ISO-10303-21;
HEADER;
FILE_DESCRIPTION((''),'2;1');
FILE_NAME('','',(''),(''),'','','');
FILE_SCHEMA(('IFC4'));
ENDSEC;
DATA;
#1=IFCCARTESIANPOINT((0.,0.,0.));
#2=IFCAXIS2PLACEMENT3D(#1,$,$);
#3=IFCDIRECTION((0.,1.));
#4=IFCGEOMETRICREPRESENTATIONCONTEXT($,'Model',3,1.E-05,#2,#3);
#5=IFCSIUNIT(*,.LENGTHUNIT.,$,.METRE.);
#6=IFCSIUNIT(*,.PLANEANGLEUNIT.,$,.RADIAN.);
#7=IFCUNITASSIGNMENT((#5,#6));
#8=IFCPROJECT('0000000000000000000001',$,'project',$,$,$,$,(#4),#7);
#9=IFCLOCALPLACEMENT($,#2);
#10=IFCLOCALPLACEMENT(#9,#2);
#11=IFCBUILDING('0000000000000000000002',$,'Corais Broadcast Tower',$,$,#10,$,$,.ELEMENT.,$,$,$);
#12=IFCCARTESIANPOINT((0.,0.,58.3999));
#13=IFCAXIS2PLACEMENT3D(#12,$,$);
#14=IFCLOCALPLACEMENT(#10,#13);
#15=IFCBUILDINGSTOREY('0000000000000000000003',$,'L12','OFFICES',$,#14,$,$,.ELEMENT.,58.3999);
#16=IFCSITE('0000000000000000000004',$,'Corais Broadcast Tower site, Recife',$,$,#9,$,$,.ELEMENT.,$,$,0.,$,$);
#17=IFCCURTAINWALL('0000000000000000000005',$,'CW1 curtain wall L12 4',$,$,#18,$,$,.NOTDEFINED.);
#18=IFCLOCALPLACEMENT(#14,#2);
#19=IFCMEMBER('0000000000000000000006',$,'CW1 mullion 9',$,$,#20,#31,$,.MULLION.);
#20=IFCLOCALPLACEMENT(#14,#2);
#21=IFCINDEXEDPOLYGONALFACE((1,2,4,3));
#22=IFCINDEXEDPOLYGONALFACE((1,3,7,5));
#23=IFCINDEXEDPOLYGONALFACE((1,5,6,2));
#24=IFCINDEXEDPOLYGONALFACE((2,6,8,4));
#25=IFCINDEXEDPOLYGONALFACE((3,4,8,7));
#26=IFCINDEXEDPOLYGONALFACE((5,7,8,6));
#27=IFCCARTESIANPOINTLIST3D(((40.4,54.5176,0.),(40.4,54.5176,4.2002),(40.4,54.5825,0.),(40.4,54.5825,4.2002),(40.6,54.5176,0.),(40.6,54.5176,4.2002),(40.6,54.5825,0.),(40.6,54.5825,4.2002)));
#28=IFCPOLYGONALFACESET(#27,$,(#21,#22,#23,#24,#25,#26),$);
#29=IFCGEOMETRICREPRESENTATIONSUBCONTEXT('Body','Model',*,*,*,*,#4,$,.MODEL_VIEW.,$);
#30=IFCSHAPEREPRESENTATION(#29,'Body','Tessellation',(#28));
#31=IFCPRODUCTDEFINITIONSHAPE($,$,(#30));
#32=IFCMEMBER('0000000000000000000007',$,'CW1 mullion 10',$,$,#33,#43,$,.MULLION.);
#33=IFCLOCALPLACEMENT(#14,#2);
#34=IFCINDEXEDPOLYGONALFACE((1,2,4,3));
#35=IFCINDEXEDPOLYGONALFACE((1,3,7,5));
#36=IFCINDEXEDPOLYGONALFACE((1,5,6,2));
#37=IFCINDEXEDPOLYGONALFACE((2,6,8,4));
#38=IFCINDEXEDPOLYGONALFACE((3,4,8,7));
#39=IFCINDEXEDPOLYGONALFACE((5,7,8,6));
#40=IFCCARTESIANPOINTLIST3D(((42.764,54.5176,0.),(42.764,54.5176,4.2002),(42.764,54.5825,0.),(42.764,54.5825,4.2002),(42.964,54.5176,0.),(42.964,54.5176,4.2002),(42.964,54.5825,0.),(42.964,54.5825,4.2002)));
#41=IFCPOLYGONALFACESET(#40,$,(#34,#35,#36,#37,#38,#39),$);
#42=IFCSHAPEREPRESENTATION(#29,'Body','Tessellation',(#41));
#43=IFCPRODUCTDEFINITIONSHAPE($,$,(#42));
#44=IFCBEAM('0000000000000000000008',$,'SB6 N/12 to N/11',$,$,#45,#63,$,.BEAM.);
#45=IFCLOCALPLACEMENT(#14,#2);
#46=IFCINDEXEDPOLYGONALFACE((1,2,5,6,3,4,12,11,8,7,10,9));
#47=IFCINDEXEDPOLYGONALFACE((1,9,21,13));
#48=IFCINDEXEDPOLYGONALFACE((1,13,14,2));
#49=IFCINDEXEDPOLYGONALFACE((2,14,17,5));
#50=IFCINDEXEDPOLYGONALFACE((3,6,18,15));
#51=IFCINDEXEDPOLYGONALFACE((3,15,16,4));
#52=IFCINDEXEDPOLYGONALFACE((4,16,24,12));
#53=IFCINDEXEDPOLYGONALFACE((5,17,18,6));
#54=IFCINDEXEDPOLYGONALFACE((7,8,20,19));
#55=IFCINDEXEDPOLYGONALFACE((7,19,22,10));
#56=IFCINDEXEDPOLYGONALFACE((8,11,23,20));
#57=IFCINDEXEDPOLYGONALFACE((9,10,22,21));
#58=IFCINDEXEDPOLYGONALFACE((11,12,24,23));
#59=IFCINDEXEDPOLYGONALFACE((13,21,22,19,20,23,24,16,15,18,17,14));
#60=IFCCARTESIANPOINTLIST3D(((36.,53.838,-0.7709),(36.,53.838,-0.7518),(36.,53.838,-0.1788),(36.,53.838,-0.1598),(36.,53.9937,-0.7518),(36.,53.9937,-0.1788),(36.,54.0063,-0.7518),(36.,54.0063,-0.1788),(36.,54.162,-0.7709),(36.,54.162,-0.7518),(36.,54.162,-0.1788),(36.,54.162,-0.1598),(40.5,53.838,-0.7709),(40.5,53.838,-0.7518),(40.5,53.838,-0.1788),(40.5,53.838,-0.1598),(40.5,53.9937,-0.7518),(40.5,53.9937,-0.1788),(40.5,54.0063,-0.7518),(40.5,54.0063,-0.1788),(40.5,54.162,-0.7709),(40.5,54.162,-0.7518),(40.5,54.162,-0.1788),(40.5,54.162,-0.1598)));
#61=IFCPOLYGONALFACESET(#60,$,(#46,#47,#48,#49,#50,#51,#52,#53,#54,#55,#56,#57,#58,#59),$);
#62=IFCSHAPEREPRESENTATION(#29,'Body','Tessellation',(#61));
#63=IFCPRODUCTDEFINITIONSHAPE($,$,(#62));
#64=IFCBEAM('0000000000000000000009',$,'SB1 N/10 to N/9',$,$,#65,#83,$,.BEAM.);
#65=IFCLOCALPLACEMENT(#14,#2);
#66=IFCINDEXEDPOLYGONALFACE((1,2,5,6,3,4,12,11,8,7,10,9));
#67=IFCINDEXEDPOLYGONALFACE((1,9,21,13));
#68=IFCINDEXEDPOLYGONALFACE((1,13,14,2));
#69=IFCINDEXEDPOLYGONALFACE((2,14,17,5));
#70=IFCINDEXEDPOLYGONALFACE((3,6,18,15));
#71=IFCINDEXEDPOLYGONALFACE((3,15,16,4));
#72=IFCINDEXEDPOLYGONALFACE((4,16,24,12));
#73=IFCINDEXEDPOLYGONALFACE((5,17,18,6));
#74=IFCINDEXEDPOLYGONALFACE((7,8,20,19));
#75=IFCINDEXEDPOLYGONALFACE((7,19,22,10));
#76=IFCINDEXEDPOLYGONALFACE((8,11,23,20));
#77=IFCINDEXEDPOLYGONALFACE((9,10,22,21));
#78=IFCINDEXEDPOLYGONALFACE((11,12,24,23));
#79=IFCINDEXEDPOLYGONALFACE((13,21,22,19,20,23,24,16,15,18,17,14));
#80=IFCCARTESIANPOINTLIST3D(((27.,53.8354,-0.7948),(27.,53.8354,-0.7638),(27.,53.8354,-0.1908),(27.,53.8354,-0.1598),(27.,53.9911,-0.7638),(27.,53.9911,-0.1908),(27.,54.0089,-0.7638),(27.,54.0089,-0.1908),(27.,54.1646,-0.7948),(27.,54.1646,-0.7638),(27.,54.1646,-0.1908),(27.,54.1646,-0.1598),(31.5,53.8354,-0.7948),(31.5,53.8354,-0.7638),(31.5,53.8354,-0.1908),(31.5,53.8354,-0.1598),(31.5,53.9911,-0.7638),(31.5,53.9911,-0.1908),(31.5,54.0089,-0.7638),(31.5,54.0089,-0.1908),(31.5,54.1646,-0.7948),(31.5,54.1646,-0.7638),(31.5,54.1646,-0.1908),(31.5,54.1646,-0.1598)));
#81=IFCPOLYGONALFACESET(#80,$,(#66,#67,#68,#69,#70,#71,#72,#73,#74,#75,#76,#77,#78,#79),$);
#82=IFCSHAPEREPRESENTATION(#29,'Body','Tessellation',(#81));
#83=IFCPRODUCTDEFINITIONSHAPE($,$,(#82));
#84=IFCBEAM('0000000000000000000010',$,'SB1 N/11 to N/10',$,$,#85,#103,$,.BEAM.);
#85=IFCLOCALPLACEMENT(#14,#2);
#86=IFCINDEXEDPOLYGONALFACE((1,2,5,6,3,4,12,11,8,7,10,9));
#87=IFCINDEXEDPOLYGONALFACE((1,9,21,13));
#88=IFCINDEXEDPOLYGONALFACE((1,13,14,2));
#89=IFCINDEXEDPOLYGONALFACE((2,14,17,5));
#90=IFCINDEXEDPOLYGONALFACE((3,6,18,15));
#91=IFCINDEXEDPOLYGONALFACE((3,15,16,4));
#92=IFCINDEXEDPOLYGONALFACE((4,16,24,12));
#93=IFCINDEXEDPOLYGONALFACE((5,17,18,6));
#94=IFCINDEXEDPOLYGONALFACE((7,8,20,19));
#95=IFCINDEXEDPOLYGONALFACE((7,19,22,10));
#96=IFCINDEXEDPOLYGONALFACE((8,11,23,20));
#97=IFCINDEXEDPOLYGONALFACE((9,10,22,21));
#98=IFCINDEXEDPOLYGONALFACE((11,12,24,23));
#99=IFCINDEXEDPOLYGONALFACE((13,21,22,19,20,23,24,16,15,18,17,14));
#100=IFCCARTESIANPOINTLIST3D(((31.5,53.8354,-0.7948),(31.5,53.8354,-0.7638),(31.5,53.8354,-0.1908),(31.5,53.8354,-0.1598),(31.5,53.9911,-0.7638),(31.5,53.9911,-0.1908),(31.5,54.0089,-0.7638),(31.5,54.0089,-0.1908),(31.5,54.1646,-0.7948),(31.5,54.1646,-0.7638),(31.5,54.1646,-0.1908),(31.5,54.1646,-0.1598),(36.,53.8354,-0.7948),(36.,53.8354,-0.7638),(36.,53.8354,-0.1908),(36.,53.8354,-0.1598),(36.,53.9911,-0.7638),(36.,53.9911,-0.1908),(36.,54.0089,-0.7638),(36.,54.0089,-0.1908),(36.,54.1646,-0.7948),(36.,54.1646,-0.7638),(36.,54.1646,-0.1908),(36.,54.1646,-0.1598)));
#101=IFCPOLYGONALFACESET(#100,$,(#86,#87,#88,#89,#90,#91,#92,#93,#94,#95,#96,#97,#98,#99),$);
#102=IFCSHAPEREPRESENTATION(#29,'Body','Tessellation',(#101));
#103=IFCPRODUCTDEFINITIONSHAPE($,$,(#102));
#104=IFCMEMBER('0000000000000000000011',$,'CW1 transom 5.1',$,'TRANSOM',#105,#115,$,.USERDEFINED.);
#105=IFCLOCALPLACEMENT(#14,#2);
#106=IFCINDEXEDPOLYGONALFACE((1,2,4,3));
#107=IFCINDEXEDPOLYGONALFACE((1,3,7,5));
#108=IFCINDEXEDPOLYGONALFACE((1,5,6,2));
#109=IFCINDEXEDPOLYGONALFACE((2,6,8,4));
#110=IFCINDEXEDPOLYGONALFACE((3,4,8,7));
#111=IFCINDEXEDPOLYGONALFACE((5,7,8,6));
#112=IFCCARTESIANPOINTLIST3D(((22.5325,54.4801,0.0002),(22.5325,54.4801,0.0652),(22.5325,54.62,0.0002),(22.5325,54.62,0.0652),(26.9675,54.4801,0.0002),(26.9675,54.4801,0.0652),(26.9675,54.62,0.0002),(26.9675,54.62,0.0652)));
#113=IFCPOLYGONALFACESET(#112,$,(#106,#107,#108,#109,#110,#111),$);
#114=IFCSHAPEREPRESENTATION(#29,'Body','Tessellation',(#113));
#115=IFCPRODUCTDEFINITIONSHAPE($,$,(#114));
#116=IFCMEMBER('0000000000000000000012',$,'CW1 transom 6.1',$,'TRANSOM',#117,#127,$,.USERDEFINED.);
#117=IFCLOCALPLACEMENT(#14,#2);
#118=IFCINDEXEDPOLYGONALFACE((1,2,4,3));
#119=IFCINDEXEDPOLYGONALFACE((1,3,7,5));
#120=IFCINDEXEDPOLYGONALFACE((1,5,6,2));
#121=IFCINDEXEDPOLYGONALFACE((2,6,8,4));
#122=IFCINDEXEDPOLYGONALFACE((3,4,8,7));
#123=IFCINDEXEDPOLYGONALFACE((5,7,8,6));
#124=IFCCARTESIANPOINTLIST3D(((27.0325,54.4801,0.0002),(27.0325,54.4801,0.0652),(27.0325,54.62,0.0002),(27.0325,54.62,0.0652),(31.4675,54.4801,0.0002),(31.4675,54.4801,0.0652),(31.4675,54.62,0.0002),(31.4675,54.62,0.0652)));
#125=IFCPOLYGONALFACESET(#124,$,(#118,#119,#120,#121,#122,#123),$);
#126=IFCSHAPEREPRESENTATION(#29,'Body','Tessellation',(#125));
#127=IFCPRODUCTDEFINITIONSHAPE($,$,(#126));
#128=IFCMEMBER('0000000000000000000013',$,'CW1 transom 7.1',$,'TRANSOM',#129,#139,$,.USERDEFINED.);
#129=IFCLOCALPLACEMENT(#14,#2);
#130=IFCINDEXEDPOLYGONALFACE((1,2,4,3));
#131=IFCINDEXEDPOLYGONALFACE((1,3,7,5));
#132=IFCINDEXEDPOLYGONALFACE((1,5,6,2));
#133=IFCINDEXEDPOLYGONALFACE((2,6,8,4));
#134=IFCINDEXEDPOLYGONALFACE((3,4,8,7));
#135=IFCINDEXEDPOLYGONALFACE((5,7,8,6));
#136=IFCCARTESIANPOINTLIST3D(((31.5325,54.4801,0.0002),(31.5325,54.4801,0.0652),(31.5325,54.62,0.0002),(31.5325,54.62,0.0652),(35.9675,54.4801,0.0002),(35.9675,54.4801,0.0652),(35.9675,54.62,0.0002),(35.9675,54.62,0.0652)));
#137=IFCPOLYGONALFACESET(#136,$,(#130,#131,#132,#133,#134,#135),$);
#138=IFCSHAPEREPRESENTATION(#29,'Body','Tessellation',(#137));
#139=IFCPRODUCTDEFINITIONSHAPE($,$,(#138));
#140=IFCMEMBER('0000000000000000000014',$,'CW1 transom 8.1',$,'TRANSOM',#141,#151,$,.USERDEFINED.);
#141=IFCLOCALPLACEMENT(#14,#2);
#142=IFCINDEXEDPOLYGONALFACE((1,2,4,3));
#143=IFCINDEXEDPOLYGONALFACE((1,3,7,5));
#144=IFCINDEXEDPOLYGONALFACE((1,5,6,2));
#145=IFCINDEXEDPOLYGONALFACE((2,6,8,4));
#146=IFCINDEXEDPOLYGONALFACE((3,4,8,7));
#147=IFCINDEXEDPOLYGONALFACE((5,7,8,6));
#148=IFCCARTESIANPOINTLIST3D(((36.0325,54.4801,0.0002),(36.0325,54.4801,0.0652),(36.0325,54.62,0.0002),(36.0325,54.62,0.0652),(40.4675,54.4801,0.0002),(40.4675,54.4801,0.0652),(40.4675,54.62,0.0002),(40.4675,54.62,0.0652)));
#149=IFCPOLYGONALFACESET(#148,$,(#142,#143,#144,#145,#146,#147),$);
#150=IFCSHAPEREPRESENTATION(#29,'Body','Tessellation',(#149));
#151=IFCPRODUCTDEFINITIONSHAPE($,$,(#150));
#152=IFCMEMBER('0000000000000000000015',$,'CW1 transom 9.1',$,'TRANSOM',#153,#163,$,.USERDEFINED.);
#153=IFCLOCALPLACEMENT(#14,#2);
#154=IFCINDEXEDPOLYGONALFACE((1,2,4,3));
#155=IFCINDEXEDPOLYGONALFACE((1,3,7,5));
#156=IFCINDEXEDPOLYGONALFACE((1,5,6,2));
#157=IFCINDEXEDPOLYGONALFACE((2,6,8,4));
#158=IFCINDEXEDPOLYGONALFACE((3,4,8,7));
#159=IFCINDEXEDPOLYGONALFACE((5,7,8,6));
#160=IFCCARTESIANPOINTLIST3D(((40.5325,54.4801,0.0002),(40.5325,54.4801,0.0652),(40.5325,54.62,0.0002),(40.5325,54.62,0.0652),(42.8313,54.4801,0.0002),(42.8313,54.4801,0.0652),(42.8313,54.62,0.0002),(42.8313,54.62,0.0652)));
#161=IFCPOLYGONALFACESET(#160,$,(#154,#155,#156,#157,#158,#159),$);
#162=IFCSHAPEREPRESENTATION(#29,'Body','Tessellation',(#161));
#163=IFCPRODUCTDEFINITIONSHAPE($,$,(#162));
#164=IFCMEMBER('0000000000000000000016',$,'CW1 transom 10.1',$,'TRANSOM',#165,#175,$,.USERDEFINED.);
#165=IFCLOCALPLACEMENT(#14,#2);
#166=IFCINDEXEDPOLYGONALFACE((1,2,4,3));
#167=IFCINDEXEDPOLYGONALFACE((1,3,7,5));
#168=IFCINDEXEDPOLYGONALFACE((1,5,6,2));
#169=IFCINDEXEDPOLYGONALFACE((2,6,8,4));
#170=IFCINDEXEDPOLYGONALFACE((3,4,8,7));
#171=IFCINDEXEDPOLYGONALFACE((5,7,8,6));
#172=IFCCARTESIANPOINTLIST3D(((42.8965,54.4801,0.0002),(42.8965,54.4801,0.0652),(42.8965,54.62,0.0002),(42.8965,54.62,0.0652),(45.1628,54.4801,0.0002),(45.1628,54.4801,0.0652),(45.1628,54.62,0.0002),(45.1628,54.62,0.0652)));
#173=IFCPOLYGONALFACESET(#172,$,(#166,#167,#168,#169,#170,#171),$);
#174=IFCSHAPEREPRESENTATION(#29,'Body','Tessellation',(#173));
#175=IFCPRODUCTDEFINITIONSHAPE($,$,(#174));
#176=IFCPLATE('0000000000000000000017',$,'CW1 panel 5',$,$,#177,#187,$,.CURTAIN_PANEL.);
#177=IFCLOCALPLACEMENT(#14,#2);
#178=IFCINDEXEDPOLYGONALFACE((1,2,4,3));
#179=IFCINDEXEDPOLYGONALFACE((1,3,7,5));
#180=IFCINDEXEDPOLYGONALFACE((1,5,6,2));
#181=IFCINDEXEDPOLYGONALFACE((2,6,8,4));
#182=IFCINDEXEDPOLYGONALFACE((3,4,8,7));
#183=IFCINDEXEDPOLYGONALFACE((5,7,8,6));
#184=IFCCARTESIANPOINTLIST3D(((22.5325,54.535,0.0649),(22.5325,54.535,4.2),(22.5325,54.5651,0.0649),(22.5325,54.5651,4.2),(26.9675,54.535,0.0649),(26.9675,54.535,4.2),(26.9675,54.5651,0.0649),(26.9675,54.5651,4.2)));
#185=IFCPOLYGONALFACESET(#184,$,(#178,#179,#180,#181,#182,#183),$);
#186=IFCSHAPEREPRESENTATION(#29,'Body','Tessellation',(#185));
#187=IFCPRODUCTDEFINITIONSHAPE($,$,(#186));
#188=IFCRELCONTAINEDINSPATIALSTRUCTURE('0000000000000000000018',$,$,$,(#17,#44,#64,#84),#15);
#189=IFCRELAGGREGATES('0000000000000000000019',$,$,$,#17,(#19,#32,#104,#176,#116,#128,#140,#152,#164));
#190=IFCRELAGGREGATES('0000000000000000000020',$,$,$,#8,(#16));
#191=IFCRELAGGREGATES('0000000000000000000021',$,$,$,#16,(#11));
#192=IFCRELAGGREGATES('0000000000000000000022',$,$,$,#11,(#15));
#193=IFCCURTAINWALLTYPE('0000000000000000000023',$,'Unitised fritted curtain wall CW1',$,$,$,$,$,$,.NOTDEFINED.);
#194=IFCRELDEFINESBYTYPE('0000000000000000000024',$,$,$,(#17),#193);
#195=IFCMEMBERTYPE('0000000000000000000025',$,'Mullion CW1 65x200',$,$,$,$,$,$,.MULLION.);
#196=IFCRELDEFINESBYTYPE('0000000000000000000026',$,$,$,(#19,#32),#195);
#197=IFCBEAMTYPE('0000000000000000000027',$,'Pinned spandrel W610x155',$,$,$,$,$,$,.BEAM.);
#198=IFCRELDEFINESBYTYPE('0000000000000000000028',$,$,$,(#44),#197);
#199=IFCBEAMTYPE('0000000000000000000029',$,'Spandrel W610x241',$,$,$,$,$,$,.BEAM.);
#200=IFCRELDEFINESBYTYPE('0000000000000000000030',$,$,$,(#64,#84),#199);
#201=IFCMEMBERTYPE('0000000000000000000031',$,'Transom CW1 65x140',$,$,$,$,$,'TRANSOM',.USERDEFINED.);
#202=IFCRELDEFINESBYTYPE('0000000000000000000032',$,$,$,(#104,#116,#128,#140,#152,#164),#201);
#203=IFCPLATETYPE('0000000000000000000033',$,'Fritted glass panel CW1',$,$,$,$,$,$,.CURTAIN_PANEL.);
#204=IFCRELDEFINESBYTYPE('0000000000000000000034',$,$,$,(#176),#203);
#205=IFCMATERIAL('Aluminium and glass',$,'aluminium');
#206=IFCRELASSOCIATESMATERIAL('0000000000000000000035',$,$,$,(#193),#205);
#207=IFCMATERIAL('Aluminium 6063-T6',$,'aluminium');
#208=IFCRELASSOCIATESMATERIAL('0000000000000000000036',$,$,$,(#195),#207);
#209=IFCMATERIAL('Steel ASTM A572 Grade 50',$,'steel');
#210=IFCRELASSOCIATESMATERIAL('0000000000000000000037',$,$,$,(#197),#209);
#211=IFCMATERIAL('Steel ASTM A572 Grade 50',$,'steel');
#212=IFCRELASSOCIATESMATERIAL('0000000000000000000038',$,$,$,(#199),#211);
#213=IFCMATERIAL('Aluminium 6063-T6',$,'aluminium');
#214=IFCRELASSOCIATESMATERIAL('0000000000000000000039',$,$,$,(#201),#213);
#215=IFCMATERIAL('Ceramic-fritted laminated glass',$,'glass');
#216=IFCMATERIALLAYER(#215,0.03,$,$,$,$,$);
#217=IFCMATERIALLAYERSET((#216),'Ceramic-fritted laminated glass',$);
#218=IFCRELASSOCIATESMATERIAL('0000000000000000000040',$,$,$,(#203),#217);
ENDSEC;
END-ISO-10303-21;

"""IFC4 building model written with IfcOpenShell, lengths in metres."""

from ifc_helpers import new_model, si_unit, direction, frame, origin, origin_2d, place, context, subcontext, project, spatial, rectangle, i_section, extrude, material, layer, layer_set, material_profile, profile_set, type_object, element, aggregate, save


model = new_model("IFC4")

# Units and contexts
model_context = context("Model", 3, precision=1e-05, world=origin(), true_north=direction((0.0, 1.0)))
body_context = subcontext(model_context, "Body", "Model", "MODEL_VIEW")
ifc_project = project(units=[si_unit("LENGTHUNIT", "METRE"), si_unit("PLANEANGLEUNIT", "RADIAN")], contexts=[model_context])

# Site, building, storey
site_placement = place(None, origin())
site = spatial("IfcSite", under=ifc_project, at=site_placement, Name="Corais Broadcast Tower site, Recife", CompositionType="ELEMENT", RefElevation=0.0)
building_placement = place(site_placement, origin())
building = spatial("IfcBuilding", under=site, at=building_placement, Name="Corais Broadcast Tower", CompositionType="ELEMENT")
storey_placement = place(building_placement, frame((0.0, 0.0, 58.3999)))
storey = spatial("IfcBuildingStorey", under=building, at=storey_placement, Name="L12", Description="OFFICES", CompositionType="ELEMENT", Elevation=58.3999)

# Curtain wall, members
ifc_material_1 = material(Name="Aluminium and glass", Category="aluminium")
curtain_wall_type = type_object("IfcCurtainWallType", Name="Unitised fritted curtain wall CW1", PredefinedType="NOTDEFINED", material=ifc_material_1)
curtain_wall_placement = place(storey_placement, origin())
curtain_wall = element("IfcCurtainWall", 1, at=curtain_wall_placement, inside=storey, type_object=curtain_wall_type, Name="CW1 curtain wall L12 4", PredefinedType="NOTDEFINED")
ifc_material_2 = material(Name="Aluminium 6063-T6", Category="aluminium")
ifc_material_profile_1 = material_profile(ifc_material_2, rectangle(XDim=0.0649, YDim=0.2, at=origin_2d()), Name="Mullion CW1 65x200")
ifc_profile_set_1 = profile_set([ifc_material_profile_1], Name="Aluminium 6063-T6")
member_type_1 = type_object("IfcMemberType", Name="Mullion CW1 65x200", PredefinedType="MULLION", material=ifc_profile_set_1)
member_1_placement = place(storey_placement, frame((40.5, 54.55, 0.0), z_axis=(0.0, 0.0, 1.0), x_axis=(0.0, 1.0, 0.0)))
member_1 = element("IfcMember", 2, at=member_1_placement, type_object=member_type_1, Name="CW1 mullion 9", PredefinedType="MULLION", context=body_context, shape_type="SweptSolid", body=[
    extrude(rectangle(XDim=0.0649, YDim=0.2, at=origin_2d()), origin(), (0.0, 0.0, 1.0), 4.2002),
])
member_2_placement = place(storey_placement, frame((42.864, 54.55, 0.0), z_axis=(0.0, 0.0, 1.0), x_axis=(0.0, 1.0, 0.0)))
member_2 = element("IfcMember", 3, at=member_2_placement, type_object=member_type_1, Name="CW1 mullion 10", PredefinedType="MULLION", context=body_context, shape_type="SweptSolid", body=[
    extrude(rectangle(XDim=0.0649, YDim=0.2, at=origin_2d()), origin(), (0.0, 0.0, 1.0), 4.2002),
])

# Beams
ifc_material_3 = material(Name="Steel ASTM A572 Grade 50", Category="steel")
ifc_material_profile_2 = material_profile(ifc_material_3, i_section(OverallWidth=0.324, OverallDepth=0.6111, WebThickness=0.0127, FlangeThickness=0.019, at=origin_2d()), Name="W610x155")
ifc_profile_set_2 = profile_set([ifc_material_profile_2], Name="Steel ASTM A572 Grade 50")
beam_type_1 = type_object("IfcBeamType", Name="Pinned spandrel W610x155", PredefinedType="BEAM", material=ifc_profile_set_2)
beam_1_placement = place(storey_placement, frame((40.5, 54.0, -0.4653), z_axis=(-1.0, 0.0, 0.0), x_axis=(0.0, -1.0, 0.0)))
element("IfcBeam", 4, at=beam_1_placement, inside=storey, type_object=beam_type_1, Name="SB6 N/12 to N/11", PredefinedType="BEAM", context=body_context, shape_type="SweptSolid", body=[
    extrude(i_section(OverallWidth=0.324, OverallDepth=0.6111, WebThickness=0.0127, FlangeThickness=0.019, at=origin_2d()), origin(), (0.0, 0.0, 1.0), 4.5),
])
ifc_material_4 = material(Name="Steel ASTM A572 Grade 50", Category="steel")
ifc_material_profile_3 = material_profile(ifc_material_4, i_section(OverallWidth=0.3291, OverallDepth=0.635, WebThickness=0.0178, FlangeThickness=0.031, at=origin_2d()), Name="W610x241")
ifc_profile_set_3 = profile_set([ifc_material_profile_3], Name="Steel ASTM A572 Grade 50")
beam_type_2 = type_object("IfcBeamType", Name="Spandrel W610x241", PredefinedType="BEAM", material=ifc_profile_set_3)
for number, where, z_axis, x_axis, name in (
    (5, (31.5, 54.0, -0.4773), (-1.0, 0.0, 0.0), (0.0, -1.0, 0.0), "SB1 N/10 to N/9"),
    (6, (36.0, 54.0, -0.4773), (-1.0, 0.0, 0.0), (0.0, -1.0, 0.0), "SB1 N/11 to N/10"),
):
    element("IfcBeam", number, at=place(storey_placement, frame(where, z_axis=z_axis, x_axis=x_axis)), inside=storey, type_object=beam_type_2, Name=name, PredefinedType="BEAM", context=body_context, shape_type="SweptSolid", body=[
        extrude(i_section(OverallWidth=0.3291, OverallDepth=0.635, WebThickness=0.0178, FlangeThickness=0.031, at=origin_2d()), origin(), (0.0, 0.0, 1.0), 4.5),
    ])

# Members
ifc_material_5 = material(Name="Aluminium 6063-T6", Category="aluminium")
ifc_material_profile_4 = material_profile(ifc_material_5, rectangle(XDim=0.1399, YDim=0.0649, at=origin_2d()), Name="Transom CW1 65x140")
ifc_profile_set_4 = profile_set([ifc_material_profile_4], Name="Aluminium 6063-T6")
member_type_2 = type_object("IfcMemberType", Name="Transom CW1 65x140", ElementType="TRANSOM", PredefinedType="USERDEFINED", material=ifc_profile_set_4)
member_3_placement = place(storey_placement, frame((22.5325, 54.55, 0.0327), z_axis=(1.0, 0.0, 0.0), x_axis=(0.0, 1.0, 0.0)))
member_3 = element("IfcMember", 7, at=member_3_placement, type_object=member_type_2, Name="CW1 transom 5.1", ObjectType="TRANSOM", PredefinedType="USERDEFINED", context=body_context, shape_type="SweptSolid", body=[
    extrude(rectangle(XDim=0.1399, YDim=0.0649, at=origin_2d()), origin(), (0.0, 0.0, 1.0), 4.4351),
])
member_4_placement = place(storey_placement, frame((27.0325, 54.55, 0.0327), z_axis=(1.0, 0.0, 0.0), x_axis=(0.0, 1.0, 0.0)))
member_4 = element("IfcMember", 8, at=member_4_placement, type_object=member_type_2, Name="CW1 transom 6.1", ObjectType="TRANSOM", PredefinedType="USERDEFINED", context=body_context, shape_type="SweptSolid", body=[
    extrude(rectangle(XDim=0.1399, YDim=0.0649, at=origin_2d()), origin(), (0.0, 0.0, 1.0), 4.4351),
])
member_5_placement = place(storey_placement, frame((31.5325, 54.55, 0.0327), z_axis=(1.0, 0.0, 0.0), x_axis=(0.0, 1.0, 0.0)))
member_5 = element("IfcMember", 9, at=member_5_placement, type_object=member_type_2, Name="CW1 transom 7.1", ObjectType="TRANSOM", PredefinedType="USERDEFINED", context=body_context, shape_type="SweptSolid", body=[
    extrude(rectangle(XDim=0.1399, YDim=0.0649, at=origin_2d()), origin(), (0.0, 0.0, 1.0), 4.4351),
])
member_6_placement = place(storey_placement, frame((36.0325, 54.55, 0.0327), z_axis=(1.0, 0.0, 0.0), x_axis=(0.0, 1.0, 0.0)))
member_6 = element("IfcMember", 10, at=member_6_placement, type_object=member_type_2, Name="CW1 transom 8.1", ObjectType="TRANSOM", PredefinedType="USERDEFINED", context=body_context, shape_type="SweptSolid", body=[
    extrude(rectangle(XDim=0.1399, YDim=0.0649, at=origin_2d()), origin(), (0.0, 0.0, 1.0), 4.4351),
])
member_7_placement = place(storey_placement, frame((40.5325, 54.55, 0.0327), z_axis=(1.0, 0.0, 0.0), x_axis=(0.0, 1.0, 0.0)))
member_7 = element("IfcMember", 11, at=member_7_placement, type_object=member_type_2, Name="CW1 transom 9.1", ObjectType="TRANSOM", PredefinedType="USERDEFINED", context=body_context, shape_type="SweptSolid", body=[
    extrude(rectangle(XDim=0.1399, YDim=0.0649, at=origin_2d()), origin(), (0.0, 0.0, 1.0), 2.2988),
])
member_8_placement = place(storey_placement, frame((42.8965, 54.55, 0.0327), z_axis=(1.0, 0.0, 0.0), x_axis=(0.0, 1.0, 0.0)))
member_8 = element("IfcMember", 12, at=member_8_placement, type_object=member_type_2, Name="CW1 transom 10.1", ObjectType="TRANSOM", PredefinedType="USERDEFINED", context=body_context, shape_type="SweptSolid", body=[
    extrude(rectangle(XDim=0.1399, YDim=0.0649, at=origin_2d()), origin(), (0.0, 0.0, 1.0), 2.2664),
])

# Plate
ifc_material_6 = material(Name="Ceramic-fritted laminated glass", Category="glass")
ifc_layer_1 = layer(ifc_material_6, 0.03)
ifc_layer_set_1 = layer_set([ifc_layer_1], Name="Ceramic-fritted laminated glass")
plate_type_1 = type_object("IfcPlateType", Name="Fritted glass panel CW1", PredefinedType="CURTAIN_PANEL", material=ifc_layer_set_1)
plate_1_placement = place(storey_placement, frame((24.75, 54.55, 0.0649), z_axis=(0.0, 0.0, 1.0), x_axis=(1.0, 0.0, 0.0)))
plate_1 = element("IfcPlate", 13, at=plate_1_placement, type_object=plate_type_1, Name="CW1 panel 5", PredefinedType="CURTAIN_PANEL", context=body_context, shape_type="SweptSolid", body=[
    extrude(rectangle(XDim=4.4351, YDim=0.03, at=origin_2d()), origin(), (0.0, 0.0, 1.0), 4.135),
])
aggregate(curtain_wall, [member_1, member_2, member_3, plate_1, member_4, member_5, member_6, member_7, member_8])

save(model, "model.ifc")
